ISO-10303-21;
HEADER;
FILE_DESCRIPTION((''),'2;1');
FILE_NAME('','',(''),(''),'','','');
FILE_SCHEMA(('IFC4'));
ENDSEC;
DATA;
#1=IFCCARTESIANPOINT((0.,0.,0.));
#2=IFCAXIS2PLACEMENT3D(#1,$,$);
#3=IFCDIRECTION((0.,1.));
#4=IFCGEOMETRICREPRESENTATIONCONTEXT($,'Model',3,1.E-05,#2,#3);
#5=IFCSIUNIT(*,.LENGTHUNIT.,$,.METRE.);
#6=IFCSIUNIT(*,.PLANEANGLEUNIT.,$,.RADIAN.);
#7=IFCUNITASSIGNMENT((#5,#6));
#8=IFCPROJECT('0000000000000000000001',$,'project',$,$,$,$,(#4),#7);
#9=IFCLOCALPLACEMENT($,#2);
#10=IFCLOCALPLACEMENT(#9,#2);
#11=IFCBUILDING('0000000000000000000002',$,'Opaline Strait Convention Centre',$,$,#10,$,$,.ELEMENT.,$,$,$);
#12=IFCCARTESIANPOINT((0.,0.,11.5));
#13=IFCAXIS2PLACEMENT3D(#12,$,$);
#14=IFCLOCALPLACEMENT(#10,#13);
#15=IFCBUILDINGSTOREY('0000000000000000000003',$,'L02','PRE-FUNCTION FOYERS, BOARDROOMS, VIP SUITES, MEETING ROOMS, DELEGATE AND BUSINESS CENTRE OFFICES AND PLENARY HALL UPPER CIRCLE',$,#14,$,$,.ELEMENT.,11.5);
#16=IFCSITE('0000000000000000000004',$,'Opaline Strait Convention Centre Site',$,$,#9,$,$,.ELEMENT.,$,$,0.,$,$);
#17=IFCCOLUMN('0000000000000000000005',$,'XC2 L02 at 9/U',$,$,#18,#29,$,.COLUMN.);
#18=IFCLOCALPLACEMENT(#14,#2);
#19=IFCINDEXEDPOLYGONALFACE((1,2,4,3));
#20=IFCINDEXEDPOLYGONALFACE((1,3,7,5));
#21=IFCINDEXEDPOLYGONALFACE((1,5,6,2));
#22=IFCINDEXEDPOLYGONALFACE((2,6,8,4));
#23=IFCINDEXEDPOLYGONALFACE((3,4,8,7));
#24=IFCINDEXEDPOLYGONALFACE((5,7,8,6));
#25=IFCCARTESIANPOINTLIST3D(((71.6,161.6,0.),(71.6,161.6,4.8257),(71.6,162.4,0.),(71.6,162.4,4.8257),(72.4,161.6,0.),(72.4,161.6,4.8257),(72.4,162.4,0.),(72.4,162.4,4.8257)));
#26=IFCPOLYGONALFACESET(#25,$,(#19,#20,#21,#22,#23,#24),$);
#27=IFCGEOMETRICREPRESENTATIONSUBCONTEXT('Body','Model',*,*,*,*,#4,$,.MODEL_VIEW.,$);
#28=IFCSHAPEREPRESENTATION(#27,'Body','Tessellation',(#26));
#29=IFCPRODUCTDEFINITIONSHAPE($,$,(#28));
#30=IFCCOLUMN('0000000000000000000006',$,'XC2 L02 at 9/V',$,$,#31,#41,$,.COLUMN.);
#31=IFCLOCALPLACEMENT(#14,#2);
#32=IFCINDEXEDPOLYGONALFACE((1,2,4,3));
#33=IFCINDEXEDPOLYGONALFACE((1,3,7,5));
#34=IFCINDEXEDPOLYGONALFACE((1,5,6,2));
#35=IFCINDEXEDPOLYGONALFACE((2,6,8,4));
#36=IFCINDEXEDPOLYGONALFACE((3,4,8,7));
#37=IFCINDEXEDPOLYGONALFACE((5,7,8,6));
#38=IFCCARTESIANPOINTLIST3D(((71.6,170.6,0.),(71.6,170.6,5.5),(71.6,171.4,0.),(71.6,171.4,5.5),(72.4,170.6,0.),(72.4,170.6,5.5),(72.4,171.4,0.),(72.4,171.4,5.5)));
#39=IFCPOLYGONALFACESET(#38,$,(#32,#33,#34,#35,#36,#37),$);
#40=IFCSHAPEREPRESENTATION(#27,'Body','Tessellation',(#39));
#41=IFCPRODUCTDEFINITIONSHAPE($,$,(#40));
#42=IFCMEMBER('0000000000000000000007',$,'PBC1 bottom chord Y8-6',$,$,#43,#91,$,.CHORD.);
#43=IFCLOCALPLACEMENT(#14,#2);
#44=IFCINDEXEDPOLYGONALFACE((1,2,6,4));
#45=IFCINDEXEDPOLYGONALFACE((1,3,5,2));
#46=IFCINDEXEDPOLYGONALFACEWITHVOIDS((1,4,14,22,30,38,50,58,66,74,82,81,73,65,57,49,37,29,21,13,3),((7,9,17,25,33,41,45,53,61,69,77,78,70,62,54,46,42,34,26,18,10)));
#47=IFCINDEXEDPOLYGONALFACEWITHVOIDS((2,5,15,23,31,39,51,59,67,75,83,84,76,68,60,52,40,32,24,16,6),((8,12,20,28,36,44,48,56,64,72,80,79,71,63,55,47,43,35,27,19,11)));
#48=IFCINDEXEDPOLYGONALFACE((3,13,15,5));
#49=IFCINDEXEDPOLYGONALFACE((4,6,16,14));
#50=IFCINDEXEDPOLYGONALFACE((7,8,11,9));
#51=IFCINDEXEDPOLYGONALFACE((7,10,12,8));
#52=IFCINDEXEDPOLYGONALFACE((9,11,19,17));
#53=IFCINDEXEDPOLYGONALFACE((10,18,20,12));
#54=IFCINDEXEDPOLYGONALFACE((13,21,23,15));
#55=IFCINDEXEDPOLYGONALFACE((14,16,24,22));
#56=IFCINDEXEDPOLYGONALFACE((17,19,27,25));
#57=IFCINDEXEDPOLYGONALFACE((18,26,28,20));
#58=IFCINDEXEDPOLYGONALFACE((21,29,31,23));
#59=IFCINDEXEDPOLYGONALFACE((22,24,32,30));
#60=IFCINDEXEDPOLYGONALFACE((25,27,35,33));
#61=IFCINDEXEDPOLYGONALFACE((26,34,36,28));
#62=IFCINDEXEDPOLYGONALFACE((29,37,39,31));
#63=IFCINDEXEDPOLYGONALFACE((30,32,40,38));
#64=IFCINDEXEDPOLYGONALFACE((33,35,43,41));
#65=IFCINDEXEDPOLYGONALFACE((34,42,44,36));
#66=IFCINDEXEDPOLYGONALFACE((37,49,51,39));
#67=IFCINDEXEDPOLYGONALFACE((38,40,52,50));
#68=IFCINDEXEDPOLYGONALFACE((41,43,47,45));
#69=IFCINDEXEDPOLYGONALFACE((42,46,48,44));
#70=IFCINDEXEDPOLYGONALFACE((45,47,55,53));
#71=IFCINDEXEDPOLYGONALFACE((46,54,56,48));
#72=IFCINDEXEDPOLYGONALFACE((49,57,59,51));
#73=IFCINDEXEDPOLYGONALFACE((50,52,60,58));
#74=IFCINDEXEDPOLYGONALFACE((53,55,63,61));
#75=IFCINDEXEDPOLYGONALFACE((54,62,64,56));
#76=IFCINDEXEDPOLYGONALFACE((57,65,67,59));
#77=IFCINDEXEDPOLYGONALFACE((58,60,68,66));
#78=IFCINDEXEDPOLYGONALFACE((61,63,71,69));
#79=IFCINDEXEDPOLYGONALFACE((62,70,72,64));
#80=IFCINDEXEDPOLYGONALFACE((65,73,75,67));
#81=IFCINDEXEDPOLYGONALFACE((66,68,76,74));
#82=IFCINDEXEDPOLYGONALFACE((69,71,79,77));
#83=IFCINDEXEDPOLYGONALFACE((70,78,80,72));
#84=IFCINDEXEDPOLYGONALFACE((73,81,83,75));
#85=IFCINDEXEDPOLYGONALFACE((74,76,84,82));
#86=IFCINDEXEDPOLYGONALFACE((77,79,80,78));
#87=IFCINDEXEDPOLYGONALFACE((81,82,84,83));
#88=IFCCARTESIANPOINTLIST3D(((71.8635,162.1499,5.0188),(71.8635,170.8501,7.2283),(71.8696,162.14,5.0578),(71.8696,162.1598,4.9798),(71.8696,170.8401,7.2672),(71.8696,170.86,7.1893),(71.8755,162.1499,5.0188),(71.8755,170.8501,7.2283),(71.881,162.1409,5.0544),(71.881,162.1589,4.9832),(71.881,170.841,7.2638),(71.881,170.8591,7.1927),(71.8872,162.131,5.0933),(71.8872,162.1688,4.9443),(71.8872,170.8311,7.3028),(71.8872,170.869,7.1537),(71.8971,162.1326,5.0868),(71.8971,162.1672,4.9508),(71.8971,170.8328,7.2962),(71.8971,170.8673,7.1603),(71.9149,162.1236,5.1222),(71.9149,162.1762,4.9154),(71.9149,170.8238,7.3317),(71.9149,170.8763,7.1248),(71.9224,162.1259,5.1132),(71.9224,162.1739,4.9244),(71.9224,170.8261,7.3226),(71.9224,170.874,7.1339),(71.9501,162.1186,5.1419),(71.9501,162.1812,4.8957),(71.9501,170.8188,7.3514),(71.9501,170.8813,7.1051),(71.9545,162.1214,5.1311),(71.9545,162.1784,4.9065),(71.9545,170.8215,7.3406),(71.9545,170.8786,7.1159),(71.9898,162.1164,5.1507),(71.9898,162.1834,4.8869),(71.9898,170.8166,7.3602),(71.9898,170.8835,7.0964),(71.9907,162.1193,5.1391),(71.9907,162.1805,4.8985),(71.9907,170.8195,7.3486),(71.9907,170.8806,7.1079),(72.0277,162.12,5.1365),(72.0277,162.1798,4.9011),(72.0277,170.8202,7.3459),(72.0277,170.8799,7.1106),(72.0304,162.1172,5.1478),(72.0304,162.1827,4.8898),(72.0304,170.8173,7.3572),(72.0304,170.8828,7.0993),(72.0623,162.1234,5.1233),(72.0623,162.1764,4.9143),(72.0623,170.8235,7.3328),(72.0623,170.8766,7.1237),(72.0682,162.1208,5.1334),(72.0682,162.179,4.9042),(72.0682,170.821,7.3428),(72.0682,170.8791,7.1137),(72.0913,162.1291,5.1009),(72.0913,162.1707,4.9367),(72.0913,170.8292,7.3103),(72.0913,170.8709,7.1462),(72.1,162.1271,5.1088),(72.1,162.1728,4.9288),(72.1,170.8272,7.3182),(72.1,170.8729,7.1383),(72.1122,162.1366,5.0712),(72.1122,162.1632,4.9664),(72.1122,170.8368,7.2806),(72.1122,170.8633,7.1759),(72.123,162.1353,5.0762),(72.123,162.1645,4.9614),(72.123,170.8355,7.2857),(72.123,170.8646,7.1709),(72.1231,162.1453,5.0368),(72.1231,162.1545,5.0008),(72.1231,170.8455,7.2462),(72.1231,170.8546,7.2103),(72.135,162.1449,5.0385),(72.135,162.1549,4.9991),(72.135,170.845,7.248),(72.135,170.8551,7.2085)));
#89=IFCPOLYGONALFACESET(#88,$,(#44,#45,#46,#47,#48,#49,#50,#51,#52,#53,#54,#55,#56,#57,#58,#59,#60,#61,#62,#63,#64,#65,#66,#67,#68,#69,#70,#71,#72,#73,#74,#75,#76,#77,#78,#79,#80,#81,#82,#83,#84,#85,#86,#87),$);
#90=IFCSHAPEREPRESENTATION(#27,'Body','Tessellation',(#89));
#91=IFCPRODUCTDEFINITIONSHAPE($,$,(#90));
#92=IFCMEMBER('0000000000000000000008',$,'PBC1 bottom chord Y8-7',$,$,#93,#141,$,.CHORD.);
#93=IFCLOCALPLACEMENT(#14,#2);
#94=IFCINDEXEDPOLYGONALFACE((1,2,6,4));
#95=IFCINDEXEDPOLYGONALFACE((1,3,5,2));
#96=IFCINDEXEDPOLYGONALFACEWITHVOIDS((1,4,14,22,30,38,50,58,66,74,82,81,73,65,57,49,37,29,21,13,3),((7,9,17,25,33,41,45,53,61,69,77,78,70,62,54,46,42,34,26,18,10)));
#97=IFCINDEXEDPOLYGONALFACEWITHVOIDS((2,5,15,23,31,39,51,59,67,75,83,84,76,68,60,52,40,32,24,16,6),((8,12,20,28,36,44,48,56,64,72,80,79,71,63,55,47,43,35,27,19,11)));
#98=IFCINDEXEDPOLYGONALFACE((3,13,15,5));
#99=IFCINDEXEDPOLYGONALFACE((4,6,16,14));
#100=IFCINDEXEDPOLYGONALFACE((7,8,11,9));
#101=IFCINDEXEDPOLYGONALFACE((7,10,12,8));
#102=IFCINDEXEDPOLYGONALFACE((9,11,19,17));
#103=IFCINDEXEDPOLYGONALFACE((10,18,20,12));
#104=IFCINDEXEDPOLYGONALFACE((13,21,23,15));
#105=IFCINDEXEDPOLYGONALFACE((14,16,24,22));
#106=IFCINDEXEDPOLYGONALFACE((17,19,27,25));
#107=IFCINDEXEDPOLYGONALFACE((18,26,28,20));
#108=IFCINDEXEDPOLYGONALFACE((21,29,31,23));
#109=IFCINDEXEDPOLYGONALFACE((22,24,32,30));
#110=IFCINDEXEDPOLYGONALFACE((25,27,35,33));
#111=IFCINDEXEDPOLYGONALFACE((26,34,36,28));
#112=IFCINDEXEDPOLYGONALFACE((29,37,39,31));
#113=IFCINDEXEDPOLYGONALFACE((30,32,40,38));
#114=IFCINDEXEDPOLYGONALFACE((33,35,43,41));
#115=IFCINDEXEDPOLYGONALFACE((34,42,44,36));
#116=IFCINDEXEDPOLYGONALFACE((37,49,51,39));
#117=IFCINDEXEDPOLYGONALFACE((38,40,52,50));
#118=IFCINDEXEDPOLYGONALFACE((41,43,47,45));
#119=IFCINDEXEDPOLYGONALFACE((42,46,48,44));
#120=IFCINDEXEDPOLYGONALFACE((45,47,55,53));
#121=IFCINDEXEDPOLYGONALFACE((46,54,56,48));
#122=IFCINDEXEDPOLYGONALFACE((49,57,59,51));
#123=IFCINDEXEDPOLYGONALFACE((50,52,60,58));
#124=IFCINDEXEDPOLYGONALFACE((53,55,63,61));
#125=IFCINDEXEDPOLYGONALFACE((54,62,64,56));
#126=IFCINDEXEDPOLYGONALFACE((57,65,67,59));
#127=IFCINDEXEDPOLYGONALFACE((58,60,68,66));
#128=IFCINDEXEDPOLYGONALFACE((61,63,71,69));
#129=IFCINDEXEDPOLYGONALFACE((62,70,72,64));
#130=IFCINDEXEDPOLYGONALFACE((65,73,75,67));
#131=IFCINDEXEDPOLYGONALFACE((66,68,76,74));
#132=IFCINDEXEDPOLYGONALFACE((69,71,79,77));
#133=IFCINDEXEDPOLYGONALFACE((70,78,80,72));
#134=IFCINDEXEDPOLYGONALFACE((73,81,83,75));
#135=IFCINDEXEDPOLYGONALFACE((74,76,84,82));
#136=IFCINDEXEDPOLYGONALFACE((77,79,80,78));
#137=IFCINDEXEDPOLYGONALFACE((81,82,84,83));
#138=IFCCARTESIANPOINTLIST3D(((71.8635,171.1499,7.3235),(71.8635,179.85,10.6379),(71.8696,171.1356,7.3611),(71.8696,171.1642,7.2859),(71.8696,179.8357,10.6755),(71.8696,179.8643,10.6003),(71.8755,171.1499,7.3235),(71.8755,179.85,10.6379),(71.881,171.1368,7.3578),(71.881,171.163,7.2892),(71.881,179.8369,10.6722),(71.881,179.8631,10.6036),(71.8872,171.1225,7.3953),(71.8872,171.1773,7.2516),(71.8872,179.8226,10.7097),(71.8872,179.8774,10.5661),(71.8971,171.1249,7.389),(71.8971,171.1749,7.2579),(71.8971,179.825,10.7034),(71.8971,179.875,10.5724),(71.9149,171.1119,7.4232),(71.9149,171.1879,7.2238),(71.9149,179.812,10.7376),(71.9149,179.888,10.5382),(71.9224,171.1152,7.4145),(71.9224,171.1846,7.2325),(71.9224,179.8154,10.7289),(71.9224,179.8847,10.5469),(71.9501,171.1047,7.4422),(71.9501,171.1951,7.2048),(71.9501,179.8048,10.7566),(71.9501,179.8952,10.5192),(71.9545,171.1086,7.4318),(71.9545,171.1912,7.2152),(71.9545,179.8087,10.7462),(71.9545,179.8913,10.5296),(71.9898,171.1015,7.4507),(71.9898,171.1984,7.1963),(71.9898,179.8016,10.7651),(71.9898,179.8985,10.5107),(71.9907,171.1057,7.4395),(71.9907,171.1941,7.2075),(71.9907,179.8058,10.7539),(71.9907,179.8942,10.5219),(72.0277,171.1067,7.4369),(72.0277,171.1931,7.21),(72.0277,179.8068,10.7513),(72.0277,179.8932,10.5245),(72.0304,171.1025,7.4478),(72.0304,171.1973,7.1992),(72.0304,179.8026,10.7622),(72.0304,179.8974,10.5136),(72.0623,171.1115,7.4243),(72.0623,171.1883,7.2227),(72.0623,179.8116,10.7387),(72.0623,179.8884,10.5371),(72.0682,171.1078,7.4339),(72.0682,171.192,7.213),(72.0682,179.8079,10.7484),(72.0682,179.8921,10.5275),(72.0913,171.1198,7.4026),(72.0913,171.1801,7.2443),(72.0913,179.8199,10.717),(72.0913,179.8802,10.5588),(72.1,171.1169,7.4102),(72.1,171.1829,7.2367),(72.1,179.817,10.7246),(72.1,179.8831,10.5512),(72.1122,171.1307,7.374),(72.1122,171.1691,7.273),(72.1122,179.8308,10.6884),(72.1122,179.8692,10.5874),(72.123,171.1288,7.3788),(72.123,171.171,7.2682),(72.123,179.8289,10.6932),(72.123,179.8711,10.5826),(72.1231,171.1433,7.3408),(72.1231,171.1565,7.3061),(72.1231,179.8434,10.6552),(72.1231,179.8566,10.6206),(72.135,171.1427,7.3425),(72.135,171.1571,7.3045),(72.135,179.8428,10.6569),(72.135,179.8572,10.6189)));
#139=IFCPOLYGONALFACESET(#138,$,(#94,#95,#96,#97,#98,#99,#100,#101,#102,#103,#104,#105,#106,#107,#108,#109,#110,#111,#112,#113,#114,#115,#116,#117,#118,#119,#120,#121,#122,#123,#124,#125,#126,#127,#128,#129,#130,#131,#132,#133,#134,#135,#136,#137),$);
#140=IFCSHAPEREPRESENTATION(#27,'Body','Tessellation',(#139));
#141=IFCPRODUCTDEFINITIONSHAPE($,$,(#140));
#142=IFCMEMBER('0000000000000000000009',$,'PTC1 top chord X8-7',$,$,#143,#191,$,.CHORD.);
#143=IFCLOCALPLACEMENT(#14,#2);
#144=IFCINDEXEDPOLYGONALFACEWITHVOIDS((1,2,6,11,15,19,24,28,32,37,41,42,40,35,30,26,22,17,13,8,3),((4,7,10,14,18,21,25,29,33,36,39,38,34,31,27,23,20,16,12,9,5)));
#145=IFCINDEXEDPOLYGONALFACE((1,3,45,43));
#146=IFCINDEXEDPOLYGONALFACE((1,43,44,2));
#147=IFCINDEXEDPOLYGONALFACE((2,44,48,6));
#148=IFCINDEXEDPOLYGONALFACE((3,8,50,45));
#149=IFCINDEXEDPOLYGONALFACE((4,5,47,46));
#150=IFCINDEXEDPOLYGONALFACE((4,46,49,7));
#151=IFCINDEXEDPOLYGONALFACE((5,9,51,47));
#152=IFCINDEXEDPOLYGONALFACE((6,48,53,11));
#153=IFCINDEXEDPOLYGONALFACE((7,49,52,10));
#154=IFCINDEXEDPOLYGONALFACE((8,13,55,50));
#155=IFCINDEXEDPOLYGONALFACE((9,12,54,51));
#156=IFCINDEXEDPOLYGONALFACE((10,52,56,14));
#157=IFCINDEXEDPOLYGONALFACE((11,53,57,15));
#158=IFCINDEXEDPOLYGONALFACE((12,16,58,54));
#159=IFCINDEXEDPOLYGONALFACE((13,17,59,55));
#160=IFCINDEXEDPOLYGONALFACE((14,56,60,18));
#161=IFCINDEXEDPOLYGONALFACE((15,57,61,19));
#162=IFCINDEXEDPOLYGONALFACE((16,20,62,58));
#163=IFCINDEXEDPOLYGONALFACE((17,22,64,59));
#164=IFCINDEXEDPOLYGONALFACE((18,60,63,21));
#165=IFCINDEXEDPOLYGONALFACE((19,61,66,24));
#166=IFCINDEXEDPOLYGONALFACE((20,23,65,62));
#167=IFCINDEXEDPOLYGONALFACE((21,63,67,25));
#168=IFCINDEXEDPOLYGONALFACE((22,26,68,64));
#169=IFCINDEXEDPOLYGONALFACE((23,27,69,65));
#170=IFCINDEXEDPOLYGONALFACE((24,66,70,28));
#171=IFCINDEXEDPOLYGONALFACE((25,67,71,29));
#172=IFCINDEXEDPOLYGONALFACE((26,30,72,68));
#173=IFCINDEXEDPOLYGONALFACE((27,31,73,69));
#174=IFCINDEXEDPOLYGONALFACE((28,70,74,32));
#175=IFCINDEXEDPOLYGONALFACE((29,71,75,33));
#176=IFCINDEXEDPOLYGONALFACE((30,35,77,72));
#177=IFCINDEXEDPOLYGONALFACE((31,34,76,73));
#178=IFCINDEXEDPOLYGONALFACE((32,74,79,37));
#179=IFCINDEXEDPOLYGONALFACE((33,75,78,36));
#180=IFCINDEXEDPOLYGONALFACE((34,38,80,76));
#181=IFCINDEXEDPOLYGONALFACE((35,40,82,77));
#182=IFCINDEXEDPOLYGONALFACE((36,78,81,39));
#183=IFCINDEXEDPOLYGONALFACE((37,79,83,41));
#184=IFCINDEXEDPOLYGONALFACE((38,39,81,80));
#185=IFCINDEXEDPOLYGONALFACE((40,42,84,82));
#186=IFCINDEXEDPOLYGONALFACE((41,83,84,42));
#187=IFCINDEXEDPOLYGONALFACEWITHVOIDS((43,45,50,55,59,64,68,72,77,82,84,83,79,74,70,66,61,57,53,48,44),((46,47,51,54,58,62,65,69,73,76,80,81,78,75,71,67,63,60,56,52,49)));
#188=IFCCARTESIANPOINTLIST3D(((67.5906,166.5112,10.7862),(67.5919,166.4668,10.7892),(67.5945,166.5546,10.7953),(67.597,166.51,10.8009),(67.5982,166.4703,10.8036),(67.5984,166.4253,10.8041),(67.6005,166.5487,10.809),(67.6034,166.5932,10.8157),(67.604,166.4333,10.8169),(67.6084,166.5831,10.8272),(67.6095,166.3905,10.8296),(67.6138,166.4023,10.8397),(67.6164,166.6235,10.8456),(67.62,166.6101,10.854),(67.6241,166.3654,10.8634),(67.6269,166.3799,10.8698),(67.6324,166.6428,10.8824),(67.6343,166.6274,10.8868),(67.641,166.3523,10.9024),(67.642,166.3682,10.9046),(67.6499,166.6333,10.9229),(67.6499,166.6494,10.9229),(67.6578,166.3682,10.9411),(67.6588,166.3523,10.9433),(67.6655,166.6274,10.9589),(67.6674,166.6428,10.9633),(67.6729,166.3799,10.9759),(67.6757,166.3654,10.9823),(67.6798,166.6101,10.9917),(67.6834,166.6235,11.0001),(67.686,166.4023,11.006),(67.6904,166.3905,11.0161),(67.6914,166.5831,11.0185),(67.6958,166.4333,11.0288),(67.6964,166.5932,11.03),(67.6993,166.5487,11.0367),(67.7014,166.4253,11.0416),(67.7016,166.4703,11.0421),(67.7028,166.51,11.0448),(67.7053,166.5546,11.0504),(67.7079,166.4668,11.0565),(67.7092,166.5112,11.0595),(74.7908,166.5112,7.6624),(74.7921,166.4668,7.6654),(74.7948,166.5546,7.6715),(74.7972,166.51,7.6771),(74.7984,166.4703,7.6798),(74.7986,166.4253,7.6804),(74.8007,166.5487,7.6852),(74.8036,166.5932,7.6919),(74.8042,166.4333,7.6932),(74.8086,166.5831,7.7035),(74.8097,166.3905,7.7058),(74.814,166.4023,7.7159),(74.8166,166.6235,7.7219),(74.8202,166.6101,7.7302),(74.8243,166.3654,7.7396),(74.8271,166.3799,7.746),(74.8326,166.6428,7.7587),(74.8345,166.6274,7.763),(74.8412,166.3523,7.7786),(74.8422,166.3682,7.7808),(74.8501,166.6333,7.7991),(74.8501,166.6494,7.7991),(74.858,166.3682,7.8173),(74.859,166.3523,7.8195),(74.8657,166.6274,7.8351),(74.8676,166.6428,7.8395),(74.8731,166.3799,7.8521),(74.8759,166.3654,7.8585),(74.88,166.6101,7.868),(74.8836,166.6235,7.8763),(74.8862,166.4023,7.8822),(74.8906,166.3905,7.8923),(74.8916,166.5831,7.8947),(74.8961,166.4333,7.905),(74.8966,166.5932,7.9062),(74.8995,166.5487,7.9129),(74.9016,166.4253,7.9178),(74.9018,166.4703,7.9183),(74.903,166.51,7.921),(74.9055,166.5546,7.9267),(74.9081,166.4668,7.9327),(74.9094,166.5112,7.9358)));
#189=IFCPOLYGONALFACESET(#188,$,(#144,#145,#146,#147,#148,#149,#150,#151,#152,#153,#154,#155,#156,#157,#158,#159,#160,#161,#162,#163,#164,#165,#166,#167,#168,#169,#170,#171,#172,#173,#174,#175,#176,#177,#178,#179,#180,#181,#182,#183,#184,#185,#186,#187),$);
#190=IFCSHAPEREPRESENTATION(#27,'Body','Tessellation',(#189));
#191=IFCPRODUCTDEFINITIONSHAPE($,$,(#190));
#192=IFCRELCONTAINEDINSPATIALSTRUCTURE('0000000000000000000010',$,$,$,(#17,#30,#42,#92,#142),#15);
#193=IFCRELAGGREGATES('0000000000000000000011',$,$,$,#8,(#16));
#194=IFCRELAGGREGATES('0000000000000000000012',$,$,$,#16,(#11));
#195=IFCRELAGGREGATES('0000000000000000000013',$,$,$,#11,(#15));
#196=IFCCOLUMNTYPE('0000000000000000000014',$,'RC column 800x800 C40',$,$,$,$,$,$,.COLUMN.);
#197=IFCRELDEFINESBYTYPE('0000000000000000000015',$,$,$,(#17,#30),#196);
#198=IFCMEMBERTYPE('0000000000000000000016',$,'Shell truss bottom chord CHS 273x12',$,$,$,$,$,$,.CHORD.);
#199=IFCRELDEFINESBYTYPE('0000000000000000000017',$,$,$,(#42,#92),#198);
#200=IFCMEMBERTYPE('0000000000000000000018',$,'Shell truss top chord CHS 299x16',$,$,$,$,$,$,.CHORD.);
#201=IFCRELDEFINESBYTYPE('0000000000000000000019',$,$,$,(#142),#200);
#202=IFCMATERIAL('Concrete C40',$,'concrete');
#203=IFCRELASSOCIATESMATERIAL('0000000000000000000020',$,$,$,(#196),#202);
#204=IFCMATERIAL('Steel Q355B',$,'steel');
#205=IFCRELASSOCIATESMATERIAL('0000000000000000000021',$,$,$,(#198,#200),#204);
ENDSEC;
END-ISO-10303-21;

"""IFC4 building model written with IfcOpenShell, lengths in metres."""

from ifc_helpers import new_model, si_unit, direction, frame, origin, origin_2d, place, context, subcontext, project, spatial, rectangle, hollow_circle, extrude, material, material_profile, profile_set, type_object, element, save


model = new_model("IFC4")

# Units and contexts
model_context = context("Model", 3, precision=1e-05, world=origin(), true_north=direction((0.0, 1.0)))
body_context = subcontext(model_context, "Body", "Model", "MODEL_VIEW")
ifc_project = project(units=[si_unit("LENGTHUNIT", "METRE"), si_unit("PLANEANGLEUNIT", "RADIAN")], contexts=[model_context])

# Site, building, storey
site_placement = place(None, origin())
site = spatial("IfcSite", under=ifc_project, at=site_placement, Name="Opaline Strait Convention Centre Site", CompositionType="ELEMENT", RefElevation=0.0)
building_placement = place(site_placement, origin())
building = spatial("IfcBuilding", under=site, at=building_placement, Name="Opaline Strait Convention Centre", CompositionType="ELEMENT")
storey_placement = place(building_placement, frame((0.0, 0.0, 11.5)))
storey = spatial("IfcBuildingStorey", under=building, at=storey_placement, Name="L02", Description="PRE-FUNCTION FOYERS, BOARDROOMS, VIP SUITES, MEETING ROOMS, DELEGATE AND BUSINESS CENTRE OFFICES AND PLENARY HALL UPPER CIRCLE", CompositionType="ELEMENT", Elevation=11.5)

# Columns
ifc_material_1 = material(Name="Concrete C40", Category="concrete")
ifc_material_profile_1 = material_profile(ifc_material_1, rectangle(XDim=0.8, YDim=0.8, at=origin_2d()), Name="RC 800x800")
ifc_profile_set_1 = profile_set([ifc_material_profile_1], Name="Concrete C40")
column_type = type_object("IfcColumnType", Name="RC column 800x800 C40", PredefinedType="COLUMN", material=ifc_profile_set_1)
column_1_placement = place(storey_placement, frame((72.0, 162.0, 0.0), z_axis=(0.0, 0.0, 1.0), x_axis=(1.0, 0.0, 0.0)))
element("IfcColumn", 1, at=column_1_placement, inside=storey, type_object=column_type, Name="XC2 L02 at 9/U", PredefinedType="COLUMN", context=body_context, shape_type="SweptSolid", body=[
    extrude(rectangle(XDim=0.8, YDim=0.8, at=origin_2d()), origin(), (0.0, 0.0, 1.0), 4.8257),
])
column_2_placement = place(storey_placement, frame((72.0, 171.0, 0.0), z_axis=(0.0, 0.0, 1.0), x_axis=(1.0, 0.0, 0.0)))
element("IfcColumn", 2, at=column_2_placement, inside=storey, type_object=column_type, Name="XC2 L02 at 9/V", PredefinedType="COLUMN", context=body_context, shape_type="SweptSolid", body=[
    extrude(rectangle(XDim=0.8, YDim=0.8, at=origin_2d()), origin(), (0.0, 0.0, 1.0), 5.5),
])

# Members
ifc_material_2 = material(Name="Steel Q355B", Category="steel")
ifc_material_profile_2 = material_profile(ifc_material_2, hollow_circle(Radius=0.1365, WallThickness=0.012, at=origin_2d()), Name="CHS 273x12")
ifc_profile_set_2 = profile_set([ifc_material_profile_2], Name="Steel Q355B")
member_type_1 = type_object("IfcMemberType", Name="Shell truss bottom chord CHS 273x12", PredefinedType="CHORD", material=ifc_profile_set_2)
member_1_placement = place(storey_placement, frame((72.0, 162.1499, 5.0188), z_axis=(0.0, 0.969233, 0.246143), x_axis=(-1.0, 0.0, 0.0)))
element("IfcMember", 3, at=member_1_placement, inside=storey, type_object=member_type_1, Name="PBC1 bottom chord Y8-6", PredefinedType="CHORD", context=body_context, shape_type="SweptSolid", body=[
    extrude(hollow_circle(Radius=0.1365, WallThickness=0.012, at=origin_2d()), origin(), (0.0, 0.0, 1.0), 8.9763),
])
member_2_placement = place(storey_placement, frame((72.0, 171.1499, 7.3235), z_axis=(0.0, 0.934484, 0.356004), x_axis=(-1.0, 0.0, 0.0)))
element("IfcMember", 4, at=member_2_placement, inside=storey, type_object=member_type_1, Name="PBC1 bottom chord Y8-7", PredefinedType="CHORD", context=body_context, shape_type="SweptSolid", body=[
    extrude(hollow_circle(Radius=0.1365, WallThickness=0.012, at=origin_2d()), origin(), (0.0, 0.0, 1.0), 9.3101),
])
ifc_material_profile_3 = material_profile(ifc_material_2, hollow_circle(Radius=0.1494, WallThickness=0.0161, at=origin_2d()), Name="CHS 299x16")
ifc_profile_set_3 = profile_set([ifc_material_profile_3], Name="Steel Q355B")
member_type_2 = type_object("IfcMemberType", Name="Shell truss top chord CHS 299x16", PredefinedType="CHORD", material=ifc_profile_set_3)
for number, where, z_axis, x_axis, name in (
    (5, (67.6499, 166.5, 10.9229), (0.917384, 0.0, -0.398004), (0.0, 1.0, 0.0), "PTC1 top chord X8-7"),
):
    element("IfcMember", number, at=place(storey_placement, frame(where, z_axis=z_axis, x_axis=x_axis)), inside=storey, type_object=member_type_2, Name=name, PredefinedType="CHORD", context=body_context, shape_type="SweptSolid", body=[
        extrude(hollow_circle(Radius=0.1494, WallThickness=0.0161, at=origin_2d()), origin(), (0.0, 0.0, 1.0), 7.8486),
    ])

save(model, "model.ifc")
